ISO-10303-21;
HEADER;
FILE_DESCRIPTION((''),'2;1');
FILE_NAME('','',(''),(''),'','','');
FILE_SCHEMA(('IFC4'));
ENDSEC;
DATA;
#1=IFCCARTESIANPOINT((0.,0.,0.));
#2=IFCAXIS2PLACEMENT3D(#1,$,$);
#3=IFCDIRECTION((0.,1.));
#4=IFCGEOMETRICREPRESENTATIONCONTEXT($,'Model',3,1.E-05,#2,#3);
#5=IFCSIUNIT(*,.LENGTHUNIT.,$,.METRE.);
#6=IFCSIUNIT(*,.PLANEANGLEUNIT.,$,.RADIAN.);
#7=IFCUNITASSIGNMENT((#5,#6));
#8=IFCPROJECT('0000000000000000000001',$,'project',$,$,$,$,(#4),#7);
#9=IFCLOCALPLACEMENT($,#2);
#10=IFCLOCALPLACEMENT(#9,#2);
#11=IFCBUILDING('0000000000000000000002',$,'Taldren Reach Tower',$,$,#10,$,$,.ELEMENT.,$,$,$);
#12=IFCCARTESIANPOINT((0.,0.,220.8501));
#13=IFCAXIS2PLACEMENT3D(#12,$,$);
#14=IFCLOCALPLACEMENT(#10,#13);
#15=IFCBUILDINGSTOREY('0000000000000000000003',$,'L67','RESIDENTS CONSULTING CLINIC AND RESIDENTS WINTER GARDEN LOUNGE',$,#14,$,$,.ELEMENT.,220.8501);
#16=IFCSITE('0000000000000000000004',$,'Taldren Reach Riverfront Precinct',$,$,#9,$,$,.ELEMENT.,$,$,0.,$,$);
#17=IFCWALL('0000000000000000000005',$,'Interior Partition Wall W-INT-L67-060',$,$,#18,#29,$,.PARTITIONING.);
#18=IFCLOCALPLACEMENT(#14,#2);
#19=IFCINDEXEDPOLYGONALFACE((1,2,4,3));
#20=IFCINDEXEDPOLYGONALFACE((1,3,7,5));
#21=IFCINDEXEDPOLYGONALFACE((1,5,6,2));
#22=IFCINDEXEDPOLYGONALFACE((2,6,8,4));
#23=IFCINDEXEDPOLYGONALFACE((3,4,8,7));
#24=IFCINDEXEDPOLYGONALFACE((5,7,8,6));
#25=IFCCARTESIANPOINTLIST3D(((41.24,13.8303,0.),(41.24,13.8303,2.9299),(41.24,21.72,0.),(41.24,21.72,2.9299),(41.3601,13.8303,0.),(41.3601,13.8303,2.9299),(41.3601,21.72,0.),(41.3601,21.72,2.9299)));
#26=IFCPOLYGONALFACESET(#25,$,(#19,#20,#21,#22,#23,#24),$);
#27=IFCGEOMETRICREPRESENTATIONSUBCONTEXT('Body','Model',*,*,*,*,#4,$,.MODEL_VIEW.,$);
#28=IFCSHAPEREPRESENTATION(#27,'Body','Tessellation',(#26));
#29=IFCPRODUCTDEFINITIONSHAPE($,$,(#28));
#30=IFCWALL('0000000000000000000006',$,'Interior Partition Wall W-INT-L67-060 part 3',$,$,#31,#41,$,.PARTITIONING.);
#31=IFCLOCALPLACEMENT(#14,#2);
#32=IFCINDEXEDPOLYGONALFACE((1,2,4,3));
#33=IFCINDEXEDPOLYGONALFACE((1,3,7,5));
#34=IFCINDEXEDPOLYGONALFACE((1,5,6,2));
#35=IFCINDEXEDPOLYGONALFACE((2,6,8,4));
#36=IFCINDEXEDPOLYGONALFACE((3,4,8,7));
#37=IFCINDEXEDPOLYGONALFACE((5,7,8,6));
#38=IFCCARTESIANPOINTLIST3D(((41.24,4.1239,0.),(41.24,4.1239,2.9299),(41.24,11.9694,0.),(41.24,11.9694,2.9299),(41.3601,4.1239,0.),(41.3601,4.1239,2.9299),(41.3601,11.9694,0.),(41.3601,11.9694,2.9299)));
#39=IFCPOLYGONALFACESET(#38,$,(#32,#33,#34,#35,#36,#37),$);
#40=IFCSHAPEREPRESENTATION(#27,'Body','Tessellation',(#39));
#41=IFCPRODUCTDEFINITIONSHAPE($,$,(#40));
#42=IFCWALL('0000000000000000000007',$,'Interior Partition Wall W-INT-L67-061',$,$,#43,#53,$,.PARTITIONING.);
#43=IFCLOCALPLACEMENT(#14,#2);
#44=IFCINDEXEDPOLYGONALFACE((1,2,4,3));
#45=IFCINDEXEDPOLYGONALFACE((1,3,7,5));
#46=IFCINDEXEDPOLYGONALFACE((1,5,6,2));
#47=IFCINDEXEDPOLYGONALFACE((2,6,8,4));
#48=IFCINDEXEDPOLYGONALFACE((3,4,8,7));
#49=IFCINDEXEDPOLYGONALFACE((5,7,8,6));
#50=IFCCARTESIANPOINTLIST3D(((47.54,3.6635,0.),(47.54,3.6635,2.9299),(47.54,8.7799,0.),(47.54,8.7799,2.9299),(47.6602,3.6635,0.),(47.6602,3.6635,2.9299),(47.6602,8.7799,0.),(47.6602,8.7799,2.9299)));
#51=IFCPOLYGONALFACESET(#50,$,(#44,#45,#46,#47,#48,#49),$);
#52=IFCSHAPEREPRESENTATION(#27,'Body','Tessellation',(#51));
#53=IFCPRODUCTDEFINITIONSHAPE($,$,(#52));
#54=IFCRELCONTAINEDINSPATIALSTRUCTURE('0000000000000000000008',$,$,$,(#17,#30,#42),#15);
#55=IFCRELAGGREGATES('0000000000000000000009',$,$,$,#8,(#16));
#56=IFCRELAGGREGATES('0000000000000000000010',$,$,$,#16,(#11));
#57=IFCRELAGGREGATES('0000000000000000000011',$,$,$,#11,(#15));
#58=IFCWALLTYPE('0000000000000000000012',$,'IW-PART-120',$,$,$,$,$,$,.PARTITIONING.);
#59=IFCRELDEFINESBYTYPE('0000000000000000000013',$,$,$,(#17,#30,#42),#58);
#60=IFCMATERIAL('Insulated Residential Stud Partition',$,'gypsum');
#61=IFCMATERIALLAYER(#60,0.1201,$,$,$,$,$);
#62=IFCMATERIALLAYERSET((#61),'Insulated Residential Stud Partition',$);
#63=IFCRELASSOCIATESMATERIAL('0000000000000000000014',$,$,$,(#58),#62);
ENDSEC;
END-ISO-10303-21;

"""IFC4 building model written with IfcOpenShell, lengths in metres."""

from ifc_helpers import new_model, si_unit, direction, frame, frame_2d, origin, place, context, subcontext, project, spatial, rectangle, extrude, source, transform, mapped, material, layer, layer_set, type_object, element, save


model = new_model("IFC4")

# Units and contexts
model_context = context("Model", 3, precision=1e-05, world=origin(), true_north=direction((0.0, 1.0)))
body_context = subcontext(model_context, "Body", "Model", "MODEL_VIEW")
ifc_project = project(units=[si_unit("LENGTHUNIT", "METRE"), si_unit("PLANEANGLEUNIT", "RADIAN")], contexts=[model_context])

# Site, building, storey
site_placement = place(None, origin())
site = spatial("IfcSite", under=ifc_project, at=site_placement, Name="Taldren Reach Riverfront Precinct", CompositionType="ELEMENT", RefElevation=0.0)
building_placement = place(site_placement, origin())
building = spatial("IfcBuilding", under=site, at=building_placement, Name="Taldren Reach Tower", CompositionType="ELEMENT")
storey_placement = place(building_placement, frame((0.0, 0.0, 220.8501)))
storey = spatial("IfcBuildingStorey", under=building, at=storey_placement, Name="L67", Description="RESIDENTS CONSULTING CLINIC AND RESIDENTS WINTER GARDEN LOUNGE", CompositionType="ELEMENT", Elevation=220.8501)

# Shared definitions
ifc_material_1 = material(Name="Insulated Residential Stud Partition", Category="gypsum")
ifc_layer_1 = layer(ifc_material_1, 0.1201)
ifc_layer_set_1 = layer_set([ifc_layer_1], Name="Insulated Residential Stud Partition")
wall_type_1 = type_object("IfcWallType", Name="IW-PART-120", PredefinedType="PARTITIONING", material=ifc_layer_set_1)

# Walls
shared_shape_1 = source(origin(), body_context, "Body", "SweptSolid", [
    extrude(rectangle(XDim=7.8896, YDim=0.1201, at=frame_2d((3.9448, 0.0))), origin(), (0.0, 0.0, 1.0), 2.9299),
])
wall_1_placement = place(storey_placement, frame((41.3, 21.72, 0.0), z_axis=(0.0, 0.0, 1.0), x_axis=(0.0, -1.0, 0.0)))
element("IfcWall", 1, at=wall_1_placement, inside=storey, type_object=wall_type_1, Name="Interior Partition Wall W-INT-L67-060", PredefinedType="PARTITIONING", context=body_context, shape_type="MappedRepresentation", body=[
    mapped(shared_shape_1, transform((0.0, 0.0, 0.0), scale=1.0)),
])
shared_shape_2 = source(origin(), body_context, "Body", "SweptSolid", [
    extrude(rectangle(XDim=7.8455, YDim=0.1201, at=frame_2d((3.9229, 0.0))), origin(), (0.0, 0.0, 1.0), 2.9299),
])
wall_2_placement = place(storey_placement, frame((41.3, 11.9695, 0.0), z_axis=(0.0, 0.0, 1.0), x_axis=(0.0, -1.0, 0.0)))
element("IfcWall", 2, at=wall_2_placement, inside=storey, type_object=wall_type_1, Name="Interior Partition Wall W-INT-L67-060 part 3", PredefinedType="PARTITIONING", context=body_context, shape_type="MappedRepresentation", body=[
    mapped(shared_shape_2, transform((0.0, 0.0, 0.0), scale=1.0)),
])
shared_shape_3 = source(origin(), body_context, "Body", "SweptSolid", [
    extrude(rectangle(XDim=5.1165, YDim=0.1201, at=frame_2d((2.5581, 0.0))), origin(), (0.0, 0.0, 1.0), 2.9299),
])
wall_3_placement = place(storey_placement, frame((47.6001, 8.7798, 0.0), z_axis=(0.0, 0.0, 1.0), x_axis=(0.0, -1.0, 0.0)))
element("IfcWall", 3, at=wall_3_placement, inside=storey, type_object=wall_type_1, Name="Interior Partition Wall W-INT-L67-061", PredefinedType="PARTITIONING", context=body_context, shape_type="MappedRepresentation", body=[
    mapped(shared_shape_3, transform((0.0, 0.0, 0.0), scale=1.0)),
])

save(model, "model.ifc")
